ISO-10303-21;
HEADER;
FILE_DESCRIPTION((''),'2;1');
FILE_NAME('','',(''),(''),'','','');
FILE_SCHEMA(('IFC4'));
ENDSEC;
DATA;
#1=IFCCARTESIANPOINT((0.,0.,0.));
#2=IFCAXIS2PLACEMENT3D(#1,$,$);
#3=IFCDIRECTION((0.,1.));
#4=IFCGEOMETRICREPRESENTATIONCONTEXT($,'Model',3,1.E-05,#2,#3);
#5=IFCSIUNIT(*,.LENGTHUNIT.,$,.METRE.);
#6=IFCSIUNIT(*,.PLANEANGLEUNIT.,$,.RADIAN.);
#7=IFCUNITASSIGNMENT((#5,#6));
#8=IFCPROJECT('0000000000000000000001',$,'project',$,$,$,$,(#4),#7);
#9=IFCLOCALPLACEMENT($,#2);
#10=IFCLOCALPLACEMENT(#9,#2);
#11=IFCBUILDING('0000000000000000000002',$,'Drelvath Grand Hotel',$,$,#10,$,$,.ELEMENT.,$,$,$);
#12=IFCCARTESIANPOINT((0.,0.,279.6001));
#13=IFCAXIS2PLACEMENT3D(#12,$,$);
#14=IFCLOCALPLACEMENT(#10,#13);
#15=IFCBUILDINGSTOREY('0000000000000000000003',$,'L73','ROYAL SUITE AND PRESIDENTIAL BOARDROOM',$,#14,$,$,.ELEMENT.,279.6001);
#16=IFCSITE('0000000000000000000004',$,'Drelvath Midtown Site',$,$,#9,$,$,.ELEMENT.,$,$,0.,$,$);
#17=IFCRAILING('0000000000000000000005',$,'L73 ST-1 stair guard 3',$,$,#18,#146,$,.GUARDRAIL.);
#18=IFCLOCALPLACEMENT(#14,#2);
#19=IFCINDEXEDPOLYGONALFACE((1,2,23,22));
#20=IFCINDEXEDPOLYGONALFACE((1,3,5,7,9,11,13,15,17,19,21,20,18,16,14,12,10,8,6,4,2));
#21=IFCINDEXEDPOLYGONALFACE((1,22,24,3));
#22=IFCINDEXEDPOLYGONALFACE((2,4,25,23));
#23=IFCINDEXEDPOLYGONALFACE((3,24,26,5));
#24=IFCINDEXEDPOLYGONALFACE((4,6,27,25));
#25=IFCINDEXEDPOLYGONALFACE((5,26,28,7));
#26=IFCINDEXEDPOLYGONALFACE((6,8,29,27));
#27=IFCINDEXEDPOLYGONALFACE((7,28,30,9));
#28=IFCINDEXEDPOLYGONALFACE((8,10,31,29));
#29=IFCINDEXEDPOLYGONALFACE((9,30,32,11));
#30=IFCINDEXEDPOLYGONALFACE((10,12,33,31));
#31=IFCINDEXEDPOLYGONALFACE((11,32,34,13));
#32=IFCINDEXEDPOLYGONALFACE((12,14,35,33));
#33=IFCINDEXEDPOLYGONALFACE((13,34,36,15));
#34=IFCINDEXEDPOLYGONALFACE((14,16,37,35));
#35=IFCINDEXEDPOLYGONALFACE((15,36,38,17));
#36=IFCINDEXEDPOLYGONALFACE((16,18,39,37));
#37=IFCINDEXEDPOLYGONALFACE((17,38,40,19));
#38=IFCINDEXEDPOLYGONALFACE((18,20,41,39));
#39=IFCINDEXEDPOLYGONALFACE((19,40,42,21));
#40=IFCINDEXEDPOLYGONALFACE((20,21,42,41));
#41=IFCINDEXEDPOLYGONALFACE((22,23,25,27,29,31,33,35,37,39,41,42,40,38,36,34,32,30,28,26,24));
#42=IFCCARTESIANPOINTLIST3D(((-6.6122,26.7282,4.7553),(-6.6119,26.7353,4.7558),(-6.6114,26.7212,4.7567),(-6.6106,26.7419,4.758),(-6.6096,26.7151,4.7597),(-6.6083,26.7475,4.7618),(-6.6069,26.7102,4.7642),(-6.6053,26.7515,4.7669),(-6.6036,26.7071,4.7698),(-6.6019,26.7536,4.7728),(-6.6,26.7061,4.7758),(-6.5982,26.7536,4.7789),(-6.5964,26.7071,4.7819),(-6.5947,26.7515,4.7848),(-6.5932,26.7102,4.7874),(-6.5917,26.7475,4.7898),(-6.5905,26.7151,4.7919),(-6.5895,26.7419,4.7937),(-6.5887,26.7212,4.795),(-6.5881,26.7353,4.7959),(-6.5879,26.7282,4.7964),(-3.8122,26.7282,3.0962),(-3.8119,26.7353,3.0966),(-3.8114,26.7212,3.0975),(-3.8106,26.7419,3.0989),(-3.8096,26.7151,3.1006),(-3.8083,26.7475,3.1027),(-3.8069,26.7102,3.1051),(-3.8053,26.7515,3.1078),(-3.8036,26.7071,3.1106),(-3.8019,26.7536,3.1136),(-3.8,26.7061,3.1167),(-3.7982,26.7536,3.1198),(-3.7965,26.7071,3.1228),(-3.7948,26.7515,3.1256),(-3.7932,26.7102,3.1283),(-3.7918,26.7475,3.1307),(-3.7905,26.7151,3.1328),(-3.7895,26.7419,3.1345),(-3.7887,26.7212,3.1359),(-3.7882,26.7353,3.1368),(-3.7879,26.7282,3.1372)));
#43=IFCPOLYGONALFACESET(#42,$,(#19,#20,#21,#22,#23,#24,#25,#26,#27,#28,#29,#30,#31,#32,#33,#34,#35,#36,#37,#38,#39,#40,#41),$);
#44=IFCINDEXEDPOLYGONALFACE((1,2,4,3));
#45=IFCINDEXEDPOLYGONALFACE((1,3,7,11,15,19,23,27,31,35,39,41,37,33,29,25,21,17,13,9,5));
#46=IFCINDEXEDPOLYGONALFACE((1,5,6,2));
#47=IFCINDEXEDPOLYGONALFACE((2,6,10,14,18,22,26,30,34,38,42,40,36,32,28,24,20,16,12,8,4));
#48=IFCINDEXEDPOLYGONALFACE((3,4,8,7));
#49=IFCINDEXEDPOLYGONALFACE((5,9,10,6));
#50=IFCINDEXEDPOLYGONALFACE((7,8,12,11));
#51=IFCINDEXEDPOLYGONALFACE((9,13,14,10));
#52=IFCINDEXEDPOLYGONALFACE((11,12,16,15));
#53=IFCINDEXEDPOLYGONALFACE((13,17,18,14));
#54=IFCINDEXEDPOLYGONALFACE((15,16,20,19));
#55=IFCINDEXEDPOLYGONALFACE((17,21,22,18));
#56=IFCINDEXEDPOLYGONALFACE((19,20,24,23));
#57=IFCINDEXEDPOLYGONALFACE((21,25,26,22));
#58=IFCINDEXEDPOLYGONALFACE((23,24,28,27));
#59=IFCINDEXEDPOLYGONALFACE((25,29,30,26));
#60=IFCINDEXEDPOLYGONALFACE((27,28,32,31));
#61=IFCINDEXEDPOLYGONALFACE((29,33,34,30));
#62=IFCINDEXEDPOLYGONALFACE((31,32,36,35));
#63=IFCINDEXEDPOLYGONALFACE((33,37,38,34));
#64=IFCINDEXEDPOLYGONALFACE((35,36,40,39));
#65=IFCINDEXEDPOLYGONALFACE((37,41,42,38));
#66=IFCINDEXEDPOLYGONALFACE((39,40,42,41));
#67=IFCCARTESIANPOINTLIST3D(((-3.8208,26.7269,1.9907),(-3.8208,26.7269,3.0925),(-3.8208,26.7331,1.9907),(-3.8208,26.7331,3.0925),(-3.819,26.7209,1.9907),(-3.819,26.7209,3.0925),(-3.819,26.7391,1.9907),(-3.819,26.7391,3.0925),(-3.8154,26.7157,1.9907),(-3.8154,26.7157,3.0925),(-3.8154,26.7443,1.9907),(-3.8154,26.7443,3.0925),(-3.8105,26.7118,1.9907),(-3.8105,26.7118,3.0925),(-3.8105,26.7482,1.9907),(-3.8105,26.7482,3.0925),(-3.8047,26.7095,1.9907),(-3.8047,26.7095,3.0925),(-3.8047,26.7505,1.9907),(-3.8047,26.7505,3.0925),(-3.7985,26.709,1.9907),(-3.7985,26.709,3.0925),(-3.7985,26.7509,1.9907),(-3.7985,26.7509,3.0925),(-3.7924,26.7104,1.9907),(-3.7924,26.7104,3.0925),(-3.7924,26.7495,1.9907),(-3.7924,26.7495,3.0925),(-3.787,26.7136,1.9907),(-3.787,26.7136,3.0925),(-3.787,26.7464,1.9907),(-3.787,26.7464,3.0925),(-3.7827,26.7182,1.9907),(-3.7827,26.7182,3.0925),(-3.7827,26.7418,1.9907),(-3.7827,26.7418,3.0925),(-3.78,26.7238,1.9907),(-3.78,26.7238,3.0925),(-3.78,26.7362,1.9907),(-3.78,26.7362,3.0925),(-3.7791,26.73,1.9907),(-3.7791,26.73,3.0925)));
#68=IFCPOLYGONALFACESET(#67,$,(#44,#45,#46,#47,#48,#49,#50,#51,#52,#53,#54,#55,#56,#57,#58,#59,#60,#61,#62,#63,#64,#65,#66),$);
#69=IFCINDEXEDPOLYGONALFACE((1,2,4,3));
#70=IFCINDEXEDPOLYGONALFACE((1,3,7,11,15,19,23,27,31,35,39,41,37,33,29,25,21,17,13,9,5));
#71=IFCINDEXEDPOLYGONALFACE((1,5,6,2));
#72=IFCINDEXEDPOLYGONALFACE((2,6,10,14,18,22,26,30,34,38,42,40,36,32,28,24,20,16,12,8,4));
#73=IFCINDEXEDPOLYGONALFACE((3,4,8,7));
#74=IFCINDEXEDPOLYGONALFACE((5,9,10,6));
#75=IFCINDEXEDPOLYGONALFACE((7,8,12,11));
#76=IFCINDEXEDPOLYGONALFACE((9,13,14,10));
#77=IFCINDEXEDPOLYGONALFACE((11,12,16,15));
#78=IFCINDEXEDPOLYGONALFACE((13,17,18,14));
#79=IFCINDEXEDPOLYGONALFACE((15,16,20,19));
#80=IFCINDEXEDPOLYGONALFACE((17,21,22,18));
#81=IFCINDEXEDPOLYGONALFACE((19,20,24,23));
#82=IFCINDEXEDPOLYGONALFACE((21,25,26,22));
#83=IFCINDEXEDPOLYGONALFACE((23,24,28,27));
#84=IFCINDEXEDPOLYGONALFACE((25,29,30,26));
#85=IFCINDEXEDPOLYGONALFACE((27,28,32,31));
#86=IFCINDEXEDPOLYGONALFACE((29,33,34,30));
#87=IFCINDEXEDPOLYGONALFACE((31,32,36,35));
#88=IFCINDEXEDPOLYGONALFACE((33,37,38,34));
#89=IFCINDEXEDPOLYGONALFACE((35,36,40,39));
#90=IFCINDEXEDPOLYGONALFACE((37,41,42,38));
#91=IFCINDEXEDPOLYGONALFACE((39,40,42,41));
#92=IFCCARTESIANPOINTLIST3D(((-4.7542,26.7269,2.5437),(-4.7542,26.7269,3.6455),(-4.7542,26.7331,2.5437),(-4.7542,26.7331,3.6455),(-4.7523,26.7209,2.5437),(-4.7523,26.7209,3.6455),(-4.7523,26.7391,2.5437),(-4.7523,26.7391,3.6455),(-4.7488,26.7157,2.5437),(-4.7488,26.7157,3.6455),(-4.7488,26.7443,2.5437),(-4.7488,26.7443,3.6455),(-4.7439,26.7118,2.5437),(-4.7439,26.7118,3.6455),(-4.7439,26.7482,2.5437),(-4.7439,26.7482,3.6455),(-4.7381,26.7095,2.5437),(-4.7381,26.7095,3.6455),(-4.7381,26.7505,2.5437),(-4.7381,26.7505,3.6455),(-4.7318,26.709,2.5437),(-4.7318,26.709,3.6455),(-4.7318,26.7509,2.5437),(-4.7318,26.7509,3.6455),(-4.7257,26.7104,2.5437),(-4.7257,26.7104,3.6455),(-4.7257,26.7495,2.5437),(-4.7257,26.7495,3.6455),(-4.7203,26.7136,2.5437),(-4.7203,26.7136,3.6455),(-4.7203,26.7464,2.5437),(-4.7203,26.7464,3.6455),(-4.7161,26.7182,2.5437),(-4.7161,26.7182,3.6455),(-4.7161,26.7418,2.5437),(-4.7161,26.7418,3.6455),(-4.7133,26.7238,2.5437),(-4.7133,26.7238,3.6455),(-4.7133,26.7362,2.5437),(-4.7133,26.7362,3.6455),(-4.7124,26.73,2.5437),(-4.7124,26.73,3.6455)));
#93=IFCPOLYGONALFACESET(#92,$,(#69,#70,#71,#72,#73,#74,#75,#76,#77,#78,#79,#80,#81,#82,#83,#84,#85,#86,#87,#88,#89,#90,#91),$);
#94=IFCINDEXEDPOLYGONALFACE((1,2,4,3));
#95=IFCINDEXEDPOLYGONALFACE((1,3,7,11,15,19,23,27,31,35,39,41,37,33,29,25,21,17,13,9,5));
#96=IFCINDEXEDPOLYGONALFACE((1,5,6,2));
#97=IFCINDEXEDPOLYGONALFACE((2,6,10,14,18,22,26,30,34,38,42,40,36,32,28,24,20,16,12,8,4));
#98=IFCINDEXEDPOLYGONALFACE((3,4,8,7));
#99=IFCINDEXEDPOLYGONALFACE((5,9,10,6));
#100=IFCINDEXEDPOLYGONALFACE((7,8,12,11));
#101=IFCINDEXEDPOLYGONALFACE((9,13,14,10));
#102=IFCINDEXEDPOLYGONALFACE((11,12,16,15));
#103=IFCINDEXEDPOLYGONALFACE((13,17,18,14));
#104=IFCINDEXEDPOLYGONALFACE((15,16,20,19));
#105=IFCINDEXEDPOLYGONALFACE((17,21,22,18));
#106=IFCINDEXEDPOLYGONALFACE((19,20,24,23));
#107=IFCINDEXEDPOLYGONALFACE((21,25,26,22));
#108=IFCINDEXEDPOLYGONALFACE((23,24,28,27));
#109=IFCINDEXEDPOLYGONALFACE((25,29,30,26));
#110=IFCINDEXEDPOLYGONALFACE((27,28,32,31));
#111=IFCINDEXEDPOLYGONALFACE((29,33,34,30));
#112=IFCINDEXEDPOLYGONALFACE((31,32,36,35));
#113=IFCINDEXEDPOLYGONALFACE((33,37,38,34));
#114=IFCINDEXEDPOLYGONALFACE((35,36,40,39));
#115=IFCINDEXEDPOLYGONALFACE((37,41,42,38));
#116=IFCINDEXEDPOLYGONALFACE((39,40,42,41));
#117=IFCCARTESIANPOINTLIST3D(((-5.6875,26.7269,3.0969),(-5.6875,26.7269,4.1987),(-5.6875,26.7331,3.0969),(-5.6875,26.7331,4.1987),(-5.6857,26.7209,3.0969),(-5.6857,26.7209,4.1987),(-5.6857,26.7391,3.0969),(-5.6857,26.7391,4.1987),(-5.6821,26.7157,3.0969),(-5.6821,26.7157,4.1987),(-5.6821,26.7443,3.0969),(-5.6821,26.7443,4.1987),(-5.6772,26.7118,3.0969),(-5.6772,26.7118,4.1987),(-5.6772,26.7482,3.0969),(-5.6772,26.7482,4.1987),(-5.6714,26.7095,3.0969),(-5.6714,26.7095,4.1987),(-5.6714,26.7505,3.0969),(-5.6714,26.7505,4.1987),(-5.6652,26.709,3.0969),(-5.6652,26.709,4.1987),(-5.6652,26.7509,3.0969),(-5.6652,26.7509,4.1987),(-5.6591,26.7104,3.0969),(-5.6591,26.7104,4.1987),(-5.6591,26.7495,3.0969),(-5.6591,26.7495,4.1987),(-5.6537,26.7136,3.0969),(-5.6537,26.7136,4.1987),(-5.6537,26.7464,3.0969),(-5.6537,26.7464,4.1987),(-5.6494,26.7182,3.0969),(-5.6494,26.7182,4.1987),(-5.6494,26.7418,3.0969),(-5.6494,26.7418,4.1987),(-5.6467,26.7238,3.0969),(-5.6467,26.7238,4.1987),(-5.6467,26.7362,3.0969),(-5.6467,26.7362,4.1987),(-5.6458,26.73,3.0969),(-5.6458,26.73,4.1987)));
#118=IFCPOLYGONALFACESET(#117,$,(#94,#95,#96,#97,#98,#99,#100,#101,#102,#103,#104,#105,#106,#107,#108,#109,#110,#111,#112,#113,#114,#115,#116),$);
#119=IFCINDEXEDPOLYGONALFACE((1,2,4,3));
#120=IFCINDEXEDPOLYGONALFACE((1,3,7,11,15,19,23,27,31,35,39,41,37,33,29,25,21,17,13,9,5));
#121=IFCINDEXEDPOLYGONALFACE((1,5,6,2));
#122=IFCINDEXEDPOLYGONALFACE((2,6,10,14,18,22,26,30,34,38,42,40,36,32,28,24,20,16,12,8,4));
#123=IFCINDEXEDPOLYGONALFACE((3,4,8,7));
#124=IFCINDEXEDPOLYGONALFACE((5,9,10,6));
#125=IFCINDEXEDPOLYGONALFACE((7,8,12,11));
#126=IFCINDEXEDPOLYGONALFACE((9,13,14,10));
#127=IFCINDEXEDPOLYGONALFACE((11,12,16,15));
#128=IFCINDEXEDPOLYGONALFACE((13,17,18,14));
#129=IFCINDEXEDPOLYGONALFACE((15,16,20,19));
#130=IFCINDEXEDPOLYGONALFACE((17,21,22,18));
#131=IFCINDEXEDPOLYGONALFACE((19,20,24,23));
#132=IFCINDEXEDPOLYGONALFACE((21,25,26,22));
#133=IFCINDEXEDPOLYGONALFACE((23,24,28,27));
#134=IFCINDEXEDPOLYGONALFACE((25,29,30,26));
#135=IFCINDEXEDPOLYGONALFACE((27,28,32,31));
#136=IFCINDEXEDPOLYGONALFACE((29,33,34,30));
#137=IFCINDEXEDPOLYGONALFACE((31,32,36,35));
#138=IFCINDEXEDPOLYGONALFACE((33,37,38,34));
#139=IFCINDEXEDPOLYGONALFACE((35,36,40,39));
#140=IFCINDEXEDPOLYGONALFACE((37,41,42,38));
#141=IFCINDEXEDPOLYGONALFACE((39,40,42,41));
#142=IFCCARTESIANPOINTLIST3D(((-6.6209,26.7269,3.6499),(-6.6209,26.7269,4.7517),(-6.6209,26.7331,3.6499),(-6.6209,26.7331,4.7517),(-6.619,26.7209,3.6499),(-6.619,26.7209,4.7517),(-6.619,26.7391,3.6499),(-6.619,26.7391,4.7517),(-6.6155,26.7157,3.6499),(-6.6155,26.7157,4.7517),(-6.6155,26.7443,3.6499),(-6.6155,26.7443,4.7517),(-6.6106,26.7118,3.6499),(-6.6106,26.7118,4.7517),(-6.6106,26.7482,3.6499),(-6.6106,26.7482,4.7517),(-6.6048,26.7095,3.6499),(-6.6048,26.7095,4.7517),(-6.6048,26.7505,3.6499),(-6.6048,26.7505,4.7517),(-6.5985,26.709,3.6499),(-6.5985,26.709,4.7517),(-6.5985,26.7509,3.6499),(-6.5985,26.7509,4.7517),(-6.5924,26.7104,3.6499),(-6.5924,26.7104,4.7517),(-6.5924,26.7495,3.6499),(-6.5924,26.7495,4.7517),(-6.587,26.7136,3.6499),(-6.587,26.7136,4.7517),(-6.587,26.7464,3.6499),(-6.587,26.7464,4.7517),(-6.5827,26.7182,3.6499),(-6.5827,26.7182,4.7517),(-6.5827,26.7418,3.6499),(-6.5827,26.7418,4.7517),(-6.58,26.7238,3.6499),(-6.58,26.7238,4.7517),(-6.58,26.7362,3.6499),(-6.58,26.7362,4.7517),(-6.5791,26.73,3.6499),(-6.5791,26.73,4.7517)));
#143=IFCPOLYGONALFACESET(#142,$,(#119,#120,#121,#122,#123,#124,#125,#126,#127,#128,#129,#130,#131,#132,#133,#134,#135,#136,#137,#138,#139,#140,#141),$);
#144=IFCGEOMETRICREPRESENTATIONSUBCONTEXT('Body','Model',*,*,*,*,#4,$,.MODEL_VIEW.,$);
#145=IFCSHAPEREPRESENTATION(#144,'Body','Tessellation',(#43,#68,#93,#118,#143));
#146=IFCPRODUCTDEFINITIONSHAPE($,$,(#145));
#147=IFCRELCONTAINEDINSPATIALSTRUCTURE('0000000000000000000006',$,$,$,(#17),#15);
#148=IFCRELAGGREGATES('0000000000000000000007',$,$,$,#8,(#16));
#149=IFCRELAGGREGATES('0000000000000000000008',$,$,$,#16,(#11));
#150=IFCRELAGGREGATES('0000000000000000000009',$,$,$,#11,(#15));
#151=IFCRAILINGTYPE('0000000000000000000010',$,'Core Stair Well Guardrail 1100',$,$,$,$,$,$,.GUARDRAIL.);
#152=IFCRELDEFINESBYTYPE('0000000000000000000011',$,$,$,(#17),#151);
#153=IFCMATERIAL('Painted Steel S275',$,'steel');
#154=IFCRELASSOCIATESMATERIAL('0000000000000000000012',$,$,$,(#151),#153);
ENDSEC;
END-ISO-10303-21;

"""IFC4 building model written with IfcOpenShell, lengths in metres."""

from ifc_helpers import new_model, si_unit, direction, frame, origin, origin_2d, place, context, subcontext, project, spatial, circle, extrude, material, type_object, element, save


model = new_model("IFC4")

# Units and contexts
model_context = context("Model", 3, precision=1e-05, world=origin(), true_north=direction((0.0, 1.0)))
body_context = subcontext(model_context, "Body", "Model", "MODEL_VIEW")
ifc_project = project(units=[si_unit("LENGTHUNIT", "METRE"), si_unit("PLANEANGLEUNIT", "RADIAN")], contexts=[model_context])

# Site, building, storey
site_placement = place(None, origin())
site = spatial("IfcSite", under=ifc_project, at=site_placement, Name="Drelvath Midtown Site", CompositionType="ELEMENT", RefElevation=0.0)
building_placement = place(site_placement, origin())
building = spatial("IfcBuilding", under=site, at=building_placement, Name="Drelvath Grand Hotel", CompositionType="ELEMENT")
storey_placement = place(building_placement, frame((0.0, 0.0, 279.6001)))
storey = spatial("IfcBuildingStorey", under=building, at=storey_placement, Name="L73", Description="ROYAL SUITE AND PRESIDENTIAL BOARDROOM", CompositionType="ELEMENT", Elevation=279.6001)

# Shared definitions
ifc_material_1 = material(Name="Painted Steel S275", Category="steel")

# Railing
railing_type_1 = type_object("IfcRailingType", Name="Core Stair Well Guardrail 1100", PredefinedType="GUARDRAIL", material=ifc_material_1)
railing_1_placement = place(storey_placement, frame((-3.8, 26.73, 1.9907)))
element("IfcRailing", 1, at=railing_1_placement, inside=storey, type_object=railing_type_1, Name="L73 ST-1 stair guard 3", PredefinedType="GUARDRAIL", context=body_context, shape_type="SweptSolid", body=[
    extrude(circle(Radius=0.0239, at=origin_2d()), frame((0.0, 0.0, 1.126), z_axis=(-0.860306, 0.0, 0.509778), x_axis=(0.0, -1.0, 0.0)), (0.0, 0.0, 1.0), 3.2546),
    extrude(circle(Radius=0.021, at=origin_2d()), origin(), (0.0, 0.0, 1.0), 1.1018),
    extrude(circle(Radius=0.021, at=origin_2d()), frame((-0.9333, 0.0, 0.553)), (0.0, 0.0, 1.0), 1.1018),
    extrude(circle(Radius=0.021, at=origin_2d()), frame((-1.8667, 0.0, 1.1062)), (0.0, 0.0, 1.0), 1.1018),
    extrude(circle(Radius=0.021, at=origin_2d()), frame((-2.8, 0.0, 1.6592)), (0.0, 0.0, 1.0), 1.1018),
])

save(model, "model.ifc")
